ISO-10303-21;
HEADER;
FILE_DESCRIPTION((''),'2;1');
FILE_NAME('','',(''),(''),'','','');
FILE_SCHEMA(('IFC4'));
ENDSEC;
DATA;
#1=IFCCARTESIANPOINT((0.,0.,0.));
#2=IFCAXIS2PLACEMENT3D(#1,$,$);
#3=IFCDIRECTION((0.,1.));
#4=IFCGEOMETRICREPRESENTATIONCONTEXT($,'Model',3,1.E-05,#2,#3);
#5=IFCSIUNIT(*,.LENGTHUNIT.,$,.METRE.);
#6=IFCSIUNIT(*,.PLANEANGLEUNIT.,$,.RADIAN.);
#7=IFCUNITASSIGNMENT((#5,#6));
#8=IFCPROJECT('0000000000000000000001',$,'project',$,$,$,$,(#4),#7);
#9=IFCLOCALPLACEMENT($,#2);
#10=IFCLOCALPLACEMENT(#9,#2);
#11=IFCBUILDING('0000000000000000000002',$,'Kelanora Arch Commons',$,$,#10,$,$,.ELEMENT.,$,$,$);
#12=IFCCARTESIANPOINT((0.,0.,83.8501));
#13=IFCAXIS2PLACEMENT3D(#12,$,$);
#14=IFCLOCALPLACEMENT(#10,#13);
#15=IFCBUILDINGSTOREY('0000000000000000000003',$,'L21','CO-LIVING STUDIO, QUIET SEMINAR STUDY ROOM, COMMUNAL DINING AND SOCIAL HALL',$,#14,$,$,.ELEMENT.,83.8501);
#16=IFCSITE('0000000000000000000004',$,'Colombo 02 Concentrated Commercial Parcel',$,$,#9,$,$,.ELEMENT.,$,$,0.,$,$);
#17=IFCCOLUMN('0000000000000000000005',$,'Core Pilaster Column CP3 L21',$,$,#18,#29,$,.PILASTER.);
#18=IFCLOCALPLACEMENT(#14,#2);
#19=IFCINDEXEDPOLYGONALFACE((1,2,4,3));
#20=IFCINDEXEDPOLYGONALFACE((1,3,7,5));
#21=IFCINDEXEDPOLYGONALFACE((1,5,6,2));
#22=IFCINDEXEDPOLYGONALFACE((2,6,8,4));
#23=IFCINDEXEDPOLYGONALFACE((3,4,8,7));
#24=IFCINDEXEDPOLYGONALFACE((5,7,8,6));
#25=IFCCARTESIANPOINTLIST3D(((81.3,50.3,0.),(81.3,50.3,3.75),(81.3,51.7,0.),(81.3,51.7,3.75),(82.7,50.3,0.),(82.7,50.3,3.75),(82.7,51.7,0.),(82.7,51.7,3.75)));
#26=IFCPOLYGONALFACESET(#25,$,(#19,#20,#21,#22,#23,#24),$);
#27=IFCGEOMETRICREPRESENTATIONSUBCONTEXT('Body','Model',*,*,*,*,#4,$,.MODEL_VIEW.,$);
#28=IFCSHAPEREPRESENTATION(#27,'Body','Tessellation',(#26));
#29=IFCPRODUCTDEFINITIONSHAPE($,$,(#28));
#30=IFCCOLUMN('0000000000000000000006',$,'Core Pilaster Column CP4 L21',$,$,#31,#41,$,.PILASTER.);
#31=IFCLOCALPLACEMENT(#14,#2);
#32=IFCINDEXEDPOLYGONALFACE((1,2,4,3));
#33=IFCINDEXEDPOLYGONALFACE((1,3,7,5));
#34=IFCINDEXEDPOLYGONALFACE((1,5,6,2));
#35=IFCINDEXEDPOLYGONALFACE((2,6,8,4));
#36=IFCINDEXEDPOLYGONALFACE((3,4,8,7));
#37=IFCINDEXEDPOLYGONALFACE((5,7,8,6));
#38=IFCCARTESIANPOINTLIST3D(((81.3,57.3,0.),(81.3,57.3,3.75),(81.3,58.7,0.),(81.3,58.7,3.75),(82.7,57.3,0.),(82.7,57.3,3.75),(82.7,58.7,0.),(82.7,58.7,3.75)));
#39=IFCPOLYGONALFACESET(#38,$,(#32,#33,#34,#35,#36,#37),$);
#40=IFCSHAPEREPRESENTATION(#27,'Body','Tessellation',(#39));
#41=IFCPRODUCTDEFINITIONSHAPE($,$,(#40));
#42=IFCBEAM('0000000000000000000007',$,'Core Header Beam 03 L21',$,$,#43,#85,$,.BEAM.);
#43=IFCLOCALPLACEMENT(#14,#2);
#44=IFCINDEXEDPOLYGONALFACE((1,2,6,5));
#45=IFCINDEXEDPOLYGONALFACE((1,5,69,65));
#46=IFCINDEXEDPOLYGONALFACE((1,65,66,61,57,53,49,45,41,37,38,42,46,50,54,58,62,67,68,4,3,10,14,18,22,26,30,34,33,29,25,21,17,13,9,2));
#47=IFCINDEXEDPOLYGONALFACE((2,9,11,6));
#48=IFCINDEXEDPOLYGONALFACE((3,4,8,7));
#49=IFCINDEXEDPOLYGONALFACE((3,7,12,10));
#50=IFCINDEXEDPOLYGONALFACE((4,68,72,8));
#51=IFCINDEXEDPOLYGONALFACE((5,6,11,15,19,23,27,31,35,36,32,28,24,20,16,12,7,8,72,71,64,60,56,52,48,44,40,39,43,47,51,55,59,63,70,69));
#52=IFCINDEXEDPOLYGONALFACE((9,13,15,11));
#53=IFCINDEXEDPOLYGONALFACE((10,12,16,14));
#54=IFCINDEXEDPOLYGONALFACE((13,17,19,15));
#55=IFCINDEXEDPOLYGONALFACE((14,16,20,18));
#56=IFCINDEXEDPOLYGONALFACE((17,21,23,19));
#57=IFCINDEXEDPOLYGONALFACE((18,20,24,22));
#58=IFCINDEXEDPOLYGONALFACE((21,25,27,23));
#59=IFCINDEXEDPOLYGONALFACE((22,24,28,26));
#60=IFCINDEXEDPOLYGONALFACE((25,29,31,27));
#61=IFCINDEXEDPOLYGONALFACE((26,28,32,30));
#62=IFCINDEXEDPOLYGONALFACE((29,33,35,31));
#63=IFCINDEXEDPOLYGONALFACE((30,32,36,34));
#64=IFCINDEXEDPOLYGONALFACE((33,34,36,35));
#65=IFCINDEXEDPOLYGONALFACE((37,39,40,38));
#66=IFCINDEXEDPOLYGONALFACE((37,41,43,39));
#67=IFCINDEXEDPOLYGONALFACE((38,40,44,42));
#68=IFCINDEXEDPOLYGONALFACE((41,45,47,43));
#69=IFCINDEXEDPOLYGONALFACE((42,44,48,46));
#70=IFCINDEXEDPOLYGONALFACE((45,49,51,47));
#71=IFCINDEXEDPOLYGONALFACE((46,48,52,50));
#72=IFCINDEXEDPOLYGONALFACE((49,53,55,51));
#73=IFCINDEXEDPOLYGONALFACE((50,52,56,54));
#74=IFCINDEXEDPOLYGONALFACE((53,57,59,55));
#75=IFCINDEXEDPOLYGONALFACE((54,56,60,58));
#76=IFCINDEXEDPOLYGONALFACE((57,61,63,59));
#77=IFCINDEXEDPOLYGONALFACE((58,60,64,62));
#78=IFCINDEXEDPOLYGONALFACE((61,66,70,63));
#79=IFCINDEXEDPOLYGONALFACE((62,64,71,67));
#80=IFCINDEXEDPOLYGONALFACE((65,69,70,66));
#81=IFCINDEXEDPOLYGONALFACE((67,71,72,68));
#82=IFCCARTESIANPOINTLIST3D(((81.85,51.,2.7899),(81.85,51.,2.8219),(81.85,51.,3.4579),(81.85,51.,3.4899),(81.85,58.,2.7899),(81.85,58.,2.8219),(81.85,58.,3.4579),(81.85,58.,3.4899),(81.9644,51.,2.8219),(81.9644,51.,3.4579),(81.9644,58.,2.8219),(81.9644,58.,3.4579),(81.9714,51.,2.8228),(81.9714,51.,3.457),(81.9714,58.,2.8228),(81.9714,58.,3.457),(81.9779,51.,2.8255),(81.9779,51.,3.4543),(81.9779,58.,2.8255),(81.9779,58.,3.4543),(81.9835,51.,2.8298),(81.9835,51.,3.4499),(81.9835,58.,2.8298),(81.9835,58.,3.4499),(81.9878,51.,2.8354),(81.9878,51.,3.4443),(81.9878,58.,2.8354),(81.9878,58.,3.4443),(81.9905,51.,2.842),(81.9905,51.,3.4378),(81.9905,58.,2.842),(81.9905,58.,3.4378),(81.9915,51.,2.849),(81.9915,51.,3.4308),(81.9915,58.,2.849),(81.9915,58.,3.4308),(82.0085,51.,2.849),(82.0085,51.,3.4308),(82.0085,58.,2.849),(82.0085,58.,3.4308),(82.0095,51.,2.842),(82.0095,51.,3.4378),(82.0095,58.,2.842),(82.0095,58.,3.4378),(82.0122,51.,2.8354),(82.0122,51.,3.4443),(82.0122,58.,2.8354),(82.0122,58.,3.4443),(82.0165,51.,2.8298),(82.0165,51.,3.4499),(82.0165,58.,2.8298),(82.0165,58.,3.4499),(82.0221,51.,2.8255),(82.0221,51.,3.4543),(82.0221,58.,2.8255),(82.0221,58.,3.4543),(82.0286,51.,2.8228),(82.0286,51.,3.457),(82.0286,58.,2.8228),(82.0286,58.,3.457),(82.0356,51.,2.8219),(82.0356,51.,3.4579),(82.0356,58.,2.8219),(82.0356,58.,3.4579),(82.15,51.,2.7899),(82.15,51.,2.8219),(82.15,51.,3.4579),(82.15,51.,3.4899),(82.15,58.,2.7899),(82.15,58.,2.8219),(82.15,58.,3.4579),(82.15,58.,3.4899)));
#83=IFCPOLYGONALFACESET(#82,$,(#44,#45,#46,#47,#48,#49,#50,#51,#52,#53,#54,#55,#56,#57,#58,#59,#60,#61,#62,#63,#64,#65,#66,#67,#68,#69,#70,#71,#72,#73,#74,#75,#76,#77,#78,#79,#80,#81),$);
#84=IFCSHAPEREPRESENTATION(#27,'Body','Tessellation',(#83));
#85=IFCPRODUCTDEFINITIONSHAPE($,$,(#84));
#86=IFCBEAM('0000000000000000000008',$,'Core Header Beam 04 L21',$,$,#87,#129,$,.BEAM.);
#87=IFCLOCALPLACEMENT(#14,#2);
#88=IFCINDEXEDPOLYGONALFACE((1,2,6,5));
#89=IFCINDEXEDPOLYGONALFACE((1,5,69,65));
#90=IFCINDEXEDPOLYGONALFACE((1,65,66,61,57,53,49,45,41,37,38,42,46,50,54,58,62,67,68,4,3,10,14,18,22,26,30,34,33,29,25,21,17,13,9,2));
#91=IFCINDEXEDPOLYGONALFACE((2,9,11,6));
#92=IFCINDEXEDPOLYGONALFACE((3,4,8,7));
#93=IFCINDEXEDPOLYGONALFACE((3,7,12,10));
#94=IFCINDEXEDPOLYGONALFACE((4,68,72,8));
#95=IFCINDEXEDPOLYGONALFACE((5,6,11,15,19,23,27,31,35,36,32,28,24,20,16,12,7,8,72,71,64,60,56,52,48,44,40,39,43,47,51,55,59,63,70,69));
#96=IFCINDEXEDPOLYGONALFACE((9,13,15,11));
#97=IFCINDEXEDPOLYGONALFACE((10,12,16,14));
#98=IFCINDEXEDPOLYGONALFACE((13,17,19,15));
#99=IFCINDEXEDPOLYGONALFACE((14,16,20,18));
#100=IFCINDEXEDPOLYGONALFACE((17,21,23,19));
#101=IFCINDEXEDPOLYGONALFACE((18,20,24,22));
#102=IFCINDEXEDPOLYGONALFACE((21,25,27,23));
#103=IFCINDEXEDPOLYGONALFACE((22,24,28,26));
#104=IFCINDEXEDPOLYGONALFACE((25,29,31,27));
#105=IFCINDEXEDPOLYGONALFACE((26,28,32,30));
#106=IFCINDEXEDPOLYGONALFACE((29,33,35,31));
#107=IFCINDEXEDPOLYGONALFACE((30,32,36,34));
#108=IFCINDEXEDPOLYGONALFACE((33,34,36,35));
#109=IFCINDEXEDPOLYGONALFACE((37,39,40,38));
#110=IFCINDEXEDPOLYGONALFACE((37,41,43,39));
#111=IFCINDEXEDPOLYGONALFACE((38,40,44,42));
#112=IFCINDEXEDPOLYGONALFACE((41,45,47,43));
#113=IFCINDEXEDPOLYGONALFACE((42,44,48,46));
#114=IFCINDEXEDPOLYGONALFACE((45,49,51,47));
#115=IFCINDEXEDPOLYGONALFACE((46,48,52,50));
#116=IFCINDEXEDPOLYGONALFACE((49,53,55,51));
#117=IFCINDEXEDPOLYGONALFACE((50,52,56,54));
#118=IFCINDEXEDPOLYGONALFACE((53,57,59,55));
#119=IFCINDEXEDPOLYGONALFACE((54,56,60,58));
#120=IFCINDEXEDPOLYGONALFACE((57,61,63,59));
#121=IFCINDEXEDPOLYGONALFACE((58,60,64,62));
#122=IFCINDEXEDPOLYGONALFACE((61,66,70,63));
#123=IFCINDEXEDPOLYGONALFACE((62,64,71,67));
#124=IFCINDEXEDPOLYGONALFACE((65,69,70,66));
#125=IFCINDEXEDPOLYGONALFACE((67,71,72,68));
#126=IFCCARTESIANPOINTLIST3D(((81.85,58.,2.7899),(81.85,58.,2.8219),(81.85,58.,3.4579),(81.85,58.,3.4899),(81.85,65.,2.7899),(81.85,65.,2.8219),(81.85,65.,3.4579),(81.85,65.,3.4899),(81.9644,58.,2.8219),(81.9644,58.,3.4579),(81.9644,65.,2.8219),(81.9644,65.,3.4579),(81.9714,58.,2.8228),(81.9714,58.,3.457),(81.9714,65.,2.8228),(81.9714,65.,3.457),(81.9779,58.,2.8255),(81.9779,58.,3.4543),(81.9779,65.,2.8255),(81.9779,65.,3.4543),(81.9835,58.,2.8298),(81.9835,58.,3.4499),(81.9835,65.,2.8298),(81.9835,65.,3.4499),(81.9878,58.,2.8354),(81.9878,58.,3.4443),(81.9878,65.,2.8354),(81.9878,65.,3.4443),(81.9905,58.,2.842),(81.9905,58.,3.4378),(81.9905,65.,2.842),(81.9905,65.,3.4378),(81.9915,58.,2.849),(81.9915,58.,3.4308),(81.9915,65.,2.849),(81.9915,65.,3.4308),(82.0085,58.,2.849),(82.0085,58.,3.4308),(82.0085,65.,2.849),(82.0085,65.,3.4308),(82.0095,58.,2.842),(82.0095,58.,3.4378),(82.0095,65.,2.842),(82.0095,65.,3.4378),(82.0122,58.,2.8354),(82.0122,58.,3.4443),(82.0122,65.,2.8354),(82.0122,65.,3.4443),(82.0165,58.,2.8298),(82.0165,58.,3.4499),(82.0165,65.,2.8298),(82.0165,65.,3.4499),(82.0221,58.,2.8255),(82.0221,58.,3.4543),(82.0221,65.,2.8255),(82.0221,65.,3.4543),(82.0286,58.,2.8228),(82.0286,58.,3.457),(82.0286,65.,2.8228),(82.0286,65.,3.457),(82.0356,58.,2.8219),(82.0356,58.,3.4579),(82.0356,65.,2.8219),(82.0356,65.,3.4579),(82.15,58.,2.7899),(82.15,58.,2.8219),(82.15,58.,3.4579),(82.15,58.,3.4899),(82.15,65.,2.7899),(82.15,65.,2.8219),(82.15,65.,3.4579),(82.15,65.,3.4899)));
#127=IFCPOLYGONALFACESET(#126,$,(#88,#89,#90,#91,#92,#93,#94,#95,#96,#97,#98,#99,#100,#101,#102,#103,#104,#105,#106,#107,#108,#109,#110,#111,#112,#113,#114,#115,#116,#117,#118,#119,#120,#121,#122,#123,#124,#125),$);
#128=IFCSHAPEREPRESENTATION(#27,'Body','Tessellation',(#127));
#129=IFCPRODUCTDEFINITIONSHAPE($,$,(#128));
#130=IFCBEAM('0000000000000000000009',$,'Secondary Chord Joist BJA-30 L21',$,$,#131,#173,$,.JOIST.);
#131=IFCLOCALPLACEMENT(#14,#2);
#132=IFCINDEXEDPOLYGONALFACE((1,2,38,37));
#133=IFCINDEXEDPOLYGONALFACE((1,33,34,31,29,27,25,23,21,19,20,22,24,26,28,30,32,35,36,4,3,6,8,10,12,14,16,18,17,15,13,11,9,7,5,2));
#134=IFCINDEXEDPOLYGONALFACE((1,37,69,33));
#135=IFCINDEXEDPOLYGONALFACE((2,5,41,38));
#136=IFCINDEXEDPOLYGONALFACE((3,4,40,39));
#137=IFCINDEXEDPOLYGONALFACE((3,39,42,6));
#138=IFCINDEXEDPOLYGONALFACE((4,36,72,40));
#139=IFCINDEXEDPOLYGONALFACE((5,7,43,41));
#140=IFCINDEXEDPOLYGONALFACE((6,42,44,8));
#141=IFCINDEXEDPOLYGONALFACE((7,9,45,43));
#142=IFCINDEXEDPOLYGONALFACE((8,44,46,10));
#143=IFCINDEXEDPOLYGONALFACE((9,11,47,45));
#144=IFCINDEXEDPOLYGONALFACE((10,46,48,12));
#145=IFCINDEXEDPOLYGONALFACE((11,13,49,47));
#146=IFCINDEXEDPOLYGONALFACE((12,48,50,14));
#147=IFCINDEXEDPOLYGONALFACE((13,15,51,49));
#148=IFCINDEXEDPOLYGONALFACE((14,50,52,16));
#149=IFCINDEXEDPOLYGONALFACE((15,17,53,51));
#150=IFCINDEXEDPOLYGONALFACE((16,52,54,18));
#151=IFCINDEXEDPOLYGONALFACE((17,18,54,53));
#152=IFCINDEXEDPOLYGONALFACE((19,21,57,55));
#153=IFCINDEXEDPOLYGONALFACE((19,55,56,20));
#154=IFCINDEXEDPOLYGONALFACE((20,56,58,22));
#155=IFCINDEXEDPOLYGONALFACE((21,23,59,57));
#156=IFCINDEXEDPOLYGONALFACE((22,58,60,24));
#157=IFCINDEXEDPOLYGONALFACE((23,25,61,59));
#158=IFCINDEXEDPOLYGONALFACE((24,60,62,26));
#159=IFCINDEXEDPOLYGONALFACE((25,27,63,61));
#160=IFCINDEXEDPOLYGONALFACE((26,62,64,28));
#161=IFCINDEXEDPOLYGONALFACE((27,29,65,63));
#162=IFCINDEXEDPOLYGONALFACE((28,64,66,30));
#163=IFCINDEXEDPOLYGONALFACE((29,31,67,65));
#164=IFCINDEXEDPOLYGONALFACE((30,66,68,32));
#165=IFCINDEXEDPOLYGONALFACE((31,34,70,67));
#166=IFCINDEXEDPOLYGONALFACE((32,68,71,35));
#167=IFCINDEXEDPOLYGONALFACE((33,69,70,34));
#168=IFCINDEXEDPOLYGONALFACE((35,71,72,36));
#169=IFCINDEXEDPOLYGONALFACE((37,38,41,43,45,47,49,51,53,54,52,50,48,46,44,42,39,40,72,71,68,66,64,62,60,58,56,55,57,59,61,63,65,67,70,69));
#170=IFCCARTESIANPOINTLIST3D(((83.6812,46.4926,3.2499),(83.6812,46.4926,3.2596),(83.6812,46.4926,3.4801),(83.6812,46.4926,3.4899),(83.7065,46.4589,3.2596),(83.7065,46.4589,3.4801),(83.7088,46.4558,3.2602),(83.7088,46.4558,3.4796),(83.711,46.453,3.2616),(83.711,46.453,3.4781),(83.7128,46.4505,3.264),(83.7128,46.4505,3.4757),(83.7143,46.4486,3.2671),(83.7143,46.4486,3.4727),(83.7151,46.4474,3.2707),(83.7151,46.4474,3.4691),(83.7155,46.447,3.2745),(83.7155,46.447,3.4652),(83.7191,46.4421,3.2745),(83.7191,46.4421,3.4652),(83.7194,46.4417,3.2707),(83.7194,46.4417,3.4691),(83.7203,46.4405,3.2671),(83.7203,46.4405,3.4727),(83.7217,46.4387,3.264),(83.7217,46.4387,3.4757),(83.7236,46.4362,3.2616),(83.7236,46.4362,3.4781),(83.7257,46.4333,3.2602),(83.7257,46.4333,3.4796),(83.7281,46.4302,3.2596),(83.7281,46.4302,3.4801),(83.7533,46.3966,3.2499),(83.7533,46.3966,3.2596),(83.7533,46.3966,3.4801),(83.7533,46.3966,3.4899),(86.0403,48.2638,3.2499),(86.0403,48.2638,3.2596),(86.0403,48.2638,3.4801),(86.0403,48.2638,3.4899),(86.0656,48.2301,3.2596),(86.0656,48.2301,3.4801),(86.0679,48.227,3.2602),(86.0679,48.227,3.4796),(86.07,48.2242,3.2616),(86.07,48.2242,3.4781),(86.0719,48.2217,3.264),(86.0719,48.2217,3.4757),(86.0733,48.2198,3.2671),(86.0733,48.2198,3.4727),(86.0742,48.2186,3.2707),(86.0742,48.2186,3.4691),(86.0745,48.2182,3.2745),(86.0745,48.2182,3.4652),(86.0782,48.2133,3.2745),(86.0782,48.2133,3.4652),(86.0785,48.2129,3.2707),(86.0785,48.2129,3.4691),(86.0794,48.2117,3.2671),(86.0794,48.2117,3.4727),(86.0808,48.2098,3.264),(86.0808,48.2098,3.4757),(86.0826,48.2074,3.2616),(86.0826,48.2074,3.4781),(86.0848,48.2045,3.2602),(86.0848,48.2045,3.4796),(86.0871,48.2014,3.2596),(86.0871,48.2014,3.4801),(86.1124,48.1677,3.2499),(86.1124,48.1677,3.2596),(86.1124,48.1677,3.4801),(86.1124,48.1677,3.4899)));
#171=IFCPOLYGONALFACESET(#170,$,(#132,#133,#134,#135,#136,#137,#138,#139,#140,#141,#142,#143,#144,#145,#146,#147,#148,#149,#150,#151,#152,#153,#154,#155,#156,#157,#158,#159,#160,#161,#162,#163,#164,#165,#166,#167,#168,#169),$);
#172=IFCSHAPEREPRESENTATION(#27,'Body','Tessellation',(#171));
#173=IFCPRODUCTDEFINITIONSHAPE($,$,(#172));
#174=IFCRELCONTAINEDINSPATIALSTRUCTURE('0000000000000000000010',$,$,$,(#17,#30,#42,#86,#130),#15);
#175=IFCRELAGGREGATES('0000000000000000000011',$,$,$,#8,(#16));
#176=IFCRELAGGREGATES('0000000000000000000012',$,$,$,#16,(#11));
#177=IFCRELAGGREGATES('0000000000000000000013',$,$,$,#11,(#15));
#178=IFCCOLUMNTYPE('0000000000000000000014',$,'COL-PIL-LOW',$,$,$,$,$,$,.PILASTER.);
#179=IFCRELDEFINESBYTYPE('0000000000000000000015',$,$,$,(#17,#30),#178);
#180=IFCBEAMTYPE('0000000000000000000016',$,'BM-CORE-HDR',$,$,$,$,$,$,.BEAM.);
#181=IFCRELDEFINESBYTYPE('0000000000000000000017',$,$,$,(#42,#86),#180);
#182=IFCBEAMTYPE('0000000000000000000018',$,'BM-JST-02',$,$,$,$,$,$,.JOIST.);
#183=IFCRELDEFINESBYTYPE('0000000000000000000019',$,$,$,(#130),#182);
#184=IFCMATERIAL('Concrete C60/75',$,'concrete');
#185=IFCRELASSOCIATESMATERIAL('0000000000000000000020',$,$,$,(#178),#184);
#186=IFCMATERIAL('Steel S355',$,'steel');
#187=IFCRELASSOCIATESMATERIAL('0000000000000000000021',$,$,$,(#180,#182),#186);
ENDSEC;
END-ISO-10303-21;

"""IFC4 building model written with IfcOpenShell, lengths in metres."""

from ifc_helpers import new_model, si_unit, direction, frame, origin, origin_2d, place, context, subcontext, project, spatial, rectangle, i_section, extrude, material, material_profile, profile_set, type_object, element, save


model = new_model("IFC4")

# Units and contexts
model_context = context("Model", 3, precision=1e-05, world=origin(), true_north=direction((0.0, 1.0)))
body_context = subcontext(model_context, "Body", "Model", "MODEL_VIEW")
ifc_project = project(units=[si_unit("LENGTHUNIT", "METRE"), si_unit("PLANEANGLEUNIT", "RADIAN")], contexts=[model_context])

# Site, building, storey
site_placement = place(None, origin())
site = spatial("IfcSite", under=ifc_project, at=site_placement, Name="Colombo 02 Concentrated Commercial Parcel", CompositionType="ELEMENT", RefElevation=0.0)
building_placement = place(site_placement, origin())
building = spatial("IfcBuilding", under=site, at=building_placement, Name="Kelanora Arch Commons", CompositionType="ELEMENT")
storey_placement = place(building_placement, frame((0.0, 0.0, 83.8501)))
storey = spatial("IfcBuildingStorey", under=building, at=storey_placement, Name="L21", Description="CO-LIVING STUDIO, QUIET SEMINAR STUDY ROOM, COMMUNAL DINING AND SOCIAL HALL", CompositionType="ELEMENT", Elevation=83.8501)

# Columns
ifc_material_1 = material(Name="Concrete C60/75", Category="concrete")
ifc_material_profile_1 = material_profile(ifc_material_1, rectangle(XDim=1.3999, YDim=1.3999, at=origin_2d()), Name="RC1400x1400")
ifc_profile_set_1 = profile_set([ifc_material_profile_1], Name="Concrete C60/75")
column_type = type_object("IfcColumnType", Name="COL-PIL-LOW", PredefinedType="PILASTER", material=ifc_profile_set_1)
for number, where, z_axis, x_axis, name in (
    (1, (82.0, 51.0, 0.0), (0.0, 0.0, 1.0), (1.0, 0.0, 0.0), "Core Pilaster Column CP3 L21"),
    (2, (82.0, 58.0, 0.0), (0.0, 0.0, 1.0), (1.0, 0.0, 0.0), "Core Pilaster Column CP4 L21"),
):
    element("IfcColumn", number, at=place(storey_placement, frame(where, z_axis=z_axis, x_axis=x_axis)), inside=storey, type_object=column_type, Name=name, PredefinedType="PILASTER", context=body_context, shape_type="SweptSolid", body=[
        extrude(rectangle(XDim=1.3999, YDim=1.3999, at=origin_2d()), origin(), (0.0, 0.0, 1.0), 3.75),
    ])

# Beams
ifc_material_2 = material(Name="Steel S355", Category="steel")
ifc_material_profile_2 = material_profile(ifc_material_2, i_section(OverallWidth=0.3, OverallDepth=0.7, WebThickness=0.0171, FlangeThickness=0.032, FilletRadius=0.0271, at=origin_2d()), Name="HEB700")
ifc_profile_set_2 = profile_set([ifc_material_profile_2], Name="Steel S355")
beam_type_1 = type_object("IfcBeamType", Name="BM-CORE-HDR", PredefinedType="BEAM", material=ifc_profile_set_2)
for number, where, z_axis, x_axis, name in (
    (3, (82.0, 51.0, 3.1399), (0.0, 1.0, 0.0), (-1.0, 0.0, 0.0), "Core Header Beam 03 L21"),
    (4, (82.0, 58.0, 3.1399), (0.0, 1.0, 0.0), (-1.0, 0.0, 0.0), "Core Header Beam 04 L21"),
):
    element("IfcBeam", number, at=place(storey_placement, frame(where, z_axis=z_axis, x_axis=x_axis)), inside=storey, type_object=beam_type_1, Name=name, PredefinedType="BEAM", context=body_context, shape_type="SweptSolid", body=[
        extrude(i_section(OverallWidth=0.3, OverallDepth=0.7, WebThickness=0.0171, FlangeThickness=0.032, FilletRadius=0.0271, at=origin_2d()), origin(), (0.0, 0.0, 1.0), 7.0),
    ])
ifc_material_profile_3 = material_profile(ifc_material_2, i_section(OverallWidth=0.1201, OverallDepth=0.24, WebThickness=0.0061, FlangeThickness=0.0098, FilletRadius=0.0149, at=origin_2d()), Name="IPE240")
ifc_profile_set_3 = profile_set([ifc_material_profile_3], Name="Steel S355")
beam_type_2 = type_object("IfcBeamType", Name="BM-JST-02", PredefinedType="JOIST", material=ifc_profile_set_3)
beam_1_placement = place(storey_placement, frame((83.7173, 46.4446, 3.3699), z_axis=(0.799692, 0.60041, 0.0), x_axis=(-0.60041, 0.799692, 0.0)))
element("IfcBeam", 5, at=beam_1_placement, inside=storey, type_object=beam_type_2, Name="Secondary Chord Joist BJA-30 L21", PredefinedType="JOIST", context=body_context, shape_type="SweptSolid", body=[
    extrude(i_section(OverallWidth=0.1201, OverallDepth=0.24, WebThickness=0.0061, FlangeThickness=0.0098, FilletRadius=0.0149, at=origin_2d()), origin(), (0.0, 0.0, 1.0), 2.95),
])

save(model, "model.ifc")
